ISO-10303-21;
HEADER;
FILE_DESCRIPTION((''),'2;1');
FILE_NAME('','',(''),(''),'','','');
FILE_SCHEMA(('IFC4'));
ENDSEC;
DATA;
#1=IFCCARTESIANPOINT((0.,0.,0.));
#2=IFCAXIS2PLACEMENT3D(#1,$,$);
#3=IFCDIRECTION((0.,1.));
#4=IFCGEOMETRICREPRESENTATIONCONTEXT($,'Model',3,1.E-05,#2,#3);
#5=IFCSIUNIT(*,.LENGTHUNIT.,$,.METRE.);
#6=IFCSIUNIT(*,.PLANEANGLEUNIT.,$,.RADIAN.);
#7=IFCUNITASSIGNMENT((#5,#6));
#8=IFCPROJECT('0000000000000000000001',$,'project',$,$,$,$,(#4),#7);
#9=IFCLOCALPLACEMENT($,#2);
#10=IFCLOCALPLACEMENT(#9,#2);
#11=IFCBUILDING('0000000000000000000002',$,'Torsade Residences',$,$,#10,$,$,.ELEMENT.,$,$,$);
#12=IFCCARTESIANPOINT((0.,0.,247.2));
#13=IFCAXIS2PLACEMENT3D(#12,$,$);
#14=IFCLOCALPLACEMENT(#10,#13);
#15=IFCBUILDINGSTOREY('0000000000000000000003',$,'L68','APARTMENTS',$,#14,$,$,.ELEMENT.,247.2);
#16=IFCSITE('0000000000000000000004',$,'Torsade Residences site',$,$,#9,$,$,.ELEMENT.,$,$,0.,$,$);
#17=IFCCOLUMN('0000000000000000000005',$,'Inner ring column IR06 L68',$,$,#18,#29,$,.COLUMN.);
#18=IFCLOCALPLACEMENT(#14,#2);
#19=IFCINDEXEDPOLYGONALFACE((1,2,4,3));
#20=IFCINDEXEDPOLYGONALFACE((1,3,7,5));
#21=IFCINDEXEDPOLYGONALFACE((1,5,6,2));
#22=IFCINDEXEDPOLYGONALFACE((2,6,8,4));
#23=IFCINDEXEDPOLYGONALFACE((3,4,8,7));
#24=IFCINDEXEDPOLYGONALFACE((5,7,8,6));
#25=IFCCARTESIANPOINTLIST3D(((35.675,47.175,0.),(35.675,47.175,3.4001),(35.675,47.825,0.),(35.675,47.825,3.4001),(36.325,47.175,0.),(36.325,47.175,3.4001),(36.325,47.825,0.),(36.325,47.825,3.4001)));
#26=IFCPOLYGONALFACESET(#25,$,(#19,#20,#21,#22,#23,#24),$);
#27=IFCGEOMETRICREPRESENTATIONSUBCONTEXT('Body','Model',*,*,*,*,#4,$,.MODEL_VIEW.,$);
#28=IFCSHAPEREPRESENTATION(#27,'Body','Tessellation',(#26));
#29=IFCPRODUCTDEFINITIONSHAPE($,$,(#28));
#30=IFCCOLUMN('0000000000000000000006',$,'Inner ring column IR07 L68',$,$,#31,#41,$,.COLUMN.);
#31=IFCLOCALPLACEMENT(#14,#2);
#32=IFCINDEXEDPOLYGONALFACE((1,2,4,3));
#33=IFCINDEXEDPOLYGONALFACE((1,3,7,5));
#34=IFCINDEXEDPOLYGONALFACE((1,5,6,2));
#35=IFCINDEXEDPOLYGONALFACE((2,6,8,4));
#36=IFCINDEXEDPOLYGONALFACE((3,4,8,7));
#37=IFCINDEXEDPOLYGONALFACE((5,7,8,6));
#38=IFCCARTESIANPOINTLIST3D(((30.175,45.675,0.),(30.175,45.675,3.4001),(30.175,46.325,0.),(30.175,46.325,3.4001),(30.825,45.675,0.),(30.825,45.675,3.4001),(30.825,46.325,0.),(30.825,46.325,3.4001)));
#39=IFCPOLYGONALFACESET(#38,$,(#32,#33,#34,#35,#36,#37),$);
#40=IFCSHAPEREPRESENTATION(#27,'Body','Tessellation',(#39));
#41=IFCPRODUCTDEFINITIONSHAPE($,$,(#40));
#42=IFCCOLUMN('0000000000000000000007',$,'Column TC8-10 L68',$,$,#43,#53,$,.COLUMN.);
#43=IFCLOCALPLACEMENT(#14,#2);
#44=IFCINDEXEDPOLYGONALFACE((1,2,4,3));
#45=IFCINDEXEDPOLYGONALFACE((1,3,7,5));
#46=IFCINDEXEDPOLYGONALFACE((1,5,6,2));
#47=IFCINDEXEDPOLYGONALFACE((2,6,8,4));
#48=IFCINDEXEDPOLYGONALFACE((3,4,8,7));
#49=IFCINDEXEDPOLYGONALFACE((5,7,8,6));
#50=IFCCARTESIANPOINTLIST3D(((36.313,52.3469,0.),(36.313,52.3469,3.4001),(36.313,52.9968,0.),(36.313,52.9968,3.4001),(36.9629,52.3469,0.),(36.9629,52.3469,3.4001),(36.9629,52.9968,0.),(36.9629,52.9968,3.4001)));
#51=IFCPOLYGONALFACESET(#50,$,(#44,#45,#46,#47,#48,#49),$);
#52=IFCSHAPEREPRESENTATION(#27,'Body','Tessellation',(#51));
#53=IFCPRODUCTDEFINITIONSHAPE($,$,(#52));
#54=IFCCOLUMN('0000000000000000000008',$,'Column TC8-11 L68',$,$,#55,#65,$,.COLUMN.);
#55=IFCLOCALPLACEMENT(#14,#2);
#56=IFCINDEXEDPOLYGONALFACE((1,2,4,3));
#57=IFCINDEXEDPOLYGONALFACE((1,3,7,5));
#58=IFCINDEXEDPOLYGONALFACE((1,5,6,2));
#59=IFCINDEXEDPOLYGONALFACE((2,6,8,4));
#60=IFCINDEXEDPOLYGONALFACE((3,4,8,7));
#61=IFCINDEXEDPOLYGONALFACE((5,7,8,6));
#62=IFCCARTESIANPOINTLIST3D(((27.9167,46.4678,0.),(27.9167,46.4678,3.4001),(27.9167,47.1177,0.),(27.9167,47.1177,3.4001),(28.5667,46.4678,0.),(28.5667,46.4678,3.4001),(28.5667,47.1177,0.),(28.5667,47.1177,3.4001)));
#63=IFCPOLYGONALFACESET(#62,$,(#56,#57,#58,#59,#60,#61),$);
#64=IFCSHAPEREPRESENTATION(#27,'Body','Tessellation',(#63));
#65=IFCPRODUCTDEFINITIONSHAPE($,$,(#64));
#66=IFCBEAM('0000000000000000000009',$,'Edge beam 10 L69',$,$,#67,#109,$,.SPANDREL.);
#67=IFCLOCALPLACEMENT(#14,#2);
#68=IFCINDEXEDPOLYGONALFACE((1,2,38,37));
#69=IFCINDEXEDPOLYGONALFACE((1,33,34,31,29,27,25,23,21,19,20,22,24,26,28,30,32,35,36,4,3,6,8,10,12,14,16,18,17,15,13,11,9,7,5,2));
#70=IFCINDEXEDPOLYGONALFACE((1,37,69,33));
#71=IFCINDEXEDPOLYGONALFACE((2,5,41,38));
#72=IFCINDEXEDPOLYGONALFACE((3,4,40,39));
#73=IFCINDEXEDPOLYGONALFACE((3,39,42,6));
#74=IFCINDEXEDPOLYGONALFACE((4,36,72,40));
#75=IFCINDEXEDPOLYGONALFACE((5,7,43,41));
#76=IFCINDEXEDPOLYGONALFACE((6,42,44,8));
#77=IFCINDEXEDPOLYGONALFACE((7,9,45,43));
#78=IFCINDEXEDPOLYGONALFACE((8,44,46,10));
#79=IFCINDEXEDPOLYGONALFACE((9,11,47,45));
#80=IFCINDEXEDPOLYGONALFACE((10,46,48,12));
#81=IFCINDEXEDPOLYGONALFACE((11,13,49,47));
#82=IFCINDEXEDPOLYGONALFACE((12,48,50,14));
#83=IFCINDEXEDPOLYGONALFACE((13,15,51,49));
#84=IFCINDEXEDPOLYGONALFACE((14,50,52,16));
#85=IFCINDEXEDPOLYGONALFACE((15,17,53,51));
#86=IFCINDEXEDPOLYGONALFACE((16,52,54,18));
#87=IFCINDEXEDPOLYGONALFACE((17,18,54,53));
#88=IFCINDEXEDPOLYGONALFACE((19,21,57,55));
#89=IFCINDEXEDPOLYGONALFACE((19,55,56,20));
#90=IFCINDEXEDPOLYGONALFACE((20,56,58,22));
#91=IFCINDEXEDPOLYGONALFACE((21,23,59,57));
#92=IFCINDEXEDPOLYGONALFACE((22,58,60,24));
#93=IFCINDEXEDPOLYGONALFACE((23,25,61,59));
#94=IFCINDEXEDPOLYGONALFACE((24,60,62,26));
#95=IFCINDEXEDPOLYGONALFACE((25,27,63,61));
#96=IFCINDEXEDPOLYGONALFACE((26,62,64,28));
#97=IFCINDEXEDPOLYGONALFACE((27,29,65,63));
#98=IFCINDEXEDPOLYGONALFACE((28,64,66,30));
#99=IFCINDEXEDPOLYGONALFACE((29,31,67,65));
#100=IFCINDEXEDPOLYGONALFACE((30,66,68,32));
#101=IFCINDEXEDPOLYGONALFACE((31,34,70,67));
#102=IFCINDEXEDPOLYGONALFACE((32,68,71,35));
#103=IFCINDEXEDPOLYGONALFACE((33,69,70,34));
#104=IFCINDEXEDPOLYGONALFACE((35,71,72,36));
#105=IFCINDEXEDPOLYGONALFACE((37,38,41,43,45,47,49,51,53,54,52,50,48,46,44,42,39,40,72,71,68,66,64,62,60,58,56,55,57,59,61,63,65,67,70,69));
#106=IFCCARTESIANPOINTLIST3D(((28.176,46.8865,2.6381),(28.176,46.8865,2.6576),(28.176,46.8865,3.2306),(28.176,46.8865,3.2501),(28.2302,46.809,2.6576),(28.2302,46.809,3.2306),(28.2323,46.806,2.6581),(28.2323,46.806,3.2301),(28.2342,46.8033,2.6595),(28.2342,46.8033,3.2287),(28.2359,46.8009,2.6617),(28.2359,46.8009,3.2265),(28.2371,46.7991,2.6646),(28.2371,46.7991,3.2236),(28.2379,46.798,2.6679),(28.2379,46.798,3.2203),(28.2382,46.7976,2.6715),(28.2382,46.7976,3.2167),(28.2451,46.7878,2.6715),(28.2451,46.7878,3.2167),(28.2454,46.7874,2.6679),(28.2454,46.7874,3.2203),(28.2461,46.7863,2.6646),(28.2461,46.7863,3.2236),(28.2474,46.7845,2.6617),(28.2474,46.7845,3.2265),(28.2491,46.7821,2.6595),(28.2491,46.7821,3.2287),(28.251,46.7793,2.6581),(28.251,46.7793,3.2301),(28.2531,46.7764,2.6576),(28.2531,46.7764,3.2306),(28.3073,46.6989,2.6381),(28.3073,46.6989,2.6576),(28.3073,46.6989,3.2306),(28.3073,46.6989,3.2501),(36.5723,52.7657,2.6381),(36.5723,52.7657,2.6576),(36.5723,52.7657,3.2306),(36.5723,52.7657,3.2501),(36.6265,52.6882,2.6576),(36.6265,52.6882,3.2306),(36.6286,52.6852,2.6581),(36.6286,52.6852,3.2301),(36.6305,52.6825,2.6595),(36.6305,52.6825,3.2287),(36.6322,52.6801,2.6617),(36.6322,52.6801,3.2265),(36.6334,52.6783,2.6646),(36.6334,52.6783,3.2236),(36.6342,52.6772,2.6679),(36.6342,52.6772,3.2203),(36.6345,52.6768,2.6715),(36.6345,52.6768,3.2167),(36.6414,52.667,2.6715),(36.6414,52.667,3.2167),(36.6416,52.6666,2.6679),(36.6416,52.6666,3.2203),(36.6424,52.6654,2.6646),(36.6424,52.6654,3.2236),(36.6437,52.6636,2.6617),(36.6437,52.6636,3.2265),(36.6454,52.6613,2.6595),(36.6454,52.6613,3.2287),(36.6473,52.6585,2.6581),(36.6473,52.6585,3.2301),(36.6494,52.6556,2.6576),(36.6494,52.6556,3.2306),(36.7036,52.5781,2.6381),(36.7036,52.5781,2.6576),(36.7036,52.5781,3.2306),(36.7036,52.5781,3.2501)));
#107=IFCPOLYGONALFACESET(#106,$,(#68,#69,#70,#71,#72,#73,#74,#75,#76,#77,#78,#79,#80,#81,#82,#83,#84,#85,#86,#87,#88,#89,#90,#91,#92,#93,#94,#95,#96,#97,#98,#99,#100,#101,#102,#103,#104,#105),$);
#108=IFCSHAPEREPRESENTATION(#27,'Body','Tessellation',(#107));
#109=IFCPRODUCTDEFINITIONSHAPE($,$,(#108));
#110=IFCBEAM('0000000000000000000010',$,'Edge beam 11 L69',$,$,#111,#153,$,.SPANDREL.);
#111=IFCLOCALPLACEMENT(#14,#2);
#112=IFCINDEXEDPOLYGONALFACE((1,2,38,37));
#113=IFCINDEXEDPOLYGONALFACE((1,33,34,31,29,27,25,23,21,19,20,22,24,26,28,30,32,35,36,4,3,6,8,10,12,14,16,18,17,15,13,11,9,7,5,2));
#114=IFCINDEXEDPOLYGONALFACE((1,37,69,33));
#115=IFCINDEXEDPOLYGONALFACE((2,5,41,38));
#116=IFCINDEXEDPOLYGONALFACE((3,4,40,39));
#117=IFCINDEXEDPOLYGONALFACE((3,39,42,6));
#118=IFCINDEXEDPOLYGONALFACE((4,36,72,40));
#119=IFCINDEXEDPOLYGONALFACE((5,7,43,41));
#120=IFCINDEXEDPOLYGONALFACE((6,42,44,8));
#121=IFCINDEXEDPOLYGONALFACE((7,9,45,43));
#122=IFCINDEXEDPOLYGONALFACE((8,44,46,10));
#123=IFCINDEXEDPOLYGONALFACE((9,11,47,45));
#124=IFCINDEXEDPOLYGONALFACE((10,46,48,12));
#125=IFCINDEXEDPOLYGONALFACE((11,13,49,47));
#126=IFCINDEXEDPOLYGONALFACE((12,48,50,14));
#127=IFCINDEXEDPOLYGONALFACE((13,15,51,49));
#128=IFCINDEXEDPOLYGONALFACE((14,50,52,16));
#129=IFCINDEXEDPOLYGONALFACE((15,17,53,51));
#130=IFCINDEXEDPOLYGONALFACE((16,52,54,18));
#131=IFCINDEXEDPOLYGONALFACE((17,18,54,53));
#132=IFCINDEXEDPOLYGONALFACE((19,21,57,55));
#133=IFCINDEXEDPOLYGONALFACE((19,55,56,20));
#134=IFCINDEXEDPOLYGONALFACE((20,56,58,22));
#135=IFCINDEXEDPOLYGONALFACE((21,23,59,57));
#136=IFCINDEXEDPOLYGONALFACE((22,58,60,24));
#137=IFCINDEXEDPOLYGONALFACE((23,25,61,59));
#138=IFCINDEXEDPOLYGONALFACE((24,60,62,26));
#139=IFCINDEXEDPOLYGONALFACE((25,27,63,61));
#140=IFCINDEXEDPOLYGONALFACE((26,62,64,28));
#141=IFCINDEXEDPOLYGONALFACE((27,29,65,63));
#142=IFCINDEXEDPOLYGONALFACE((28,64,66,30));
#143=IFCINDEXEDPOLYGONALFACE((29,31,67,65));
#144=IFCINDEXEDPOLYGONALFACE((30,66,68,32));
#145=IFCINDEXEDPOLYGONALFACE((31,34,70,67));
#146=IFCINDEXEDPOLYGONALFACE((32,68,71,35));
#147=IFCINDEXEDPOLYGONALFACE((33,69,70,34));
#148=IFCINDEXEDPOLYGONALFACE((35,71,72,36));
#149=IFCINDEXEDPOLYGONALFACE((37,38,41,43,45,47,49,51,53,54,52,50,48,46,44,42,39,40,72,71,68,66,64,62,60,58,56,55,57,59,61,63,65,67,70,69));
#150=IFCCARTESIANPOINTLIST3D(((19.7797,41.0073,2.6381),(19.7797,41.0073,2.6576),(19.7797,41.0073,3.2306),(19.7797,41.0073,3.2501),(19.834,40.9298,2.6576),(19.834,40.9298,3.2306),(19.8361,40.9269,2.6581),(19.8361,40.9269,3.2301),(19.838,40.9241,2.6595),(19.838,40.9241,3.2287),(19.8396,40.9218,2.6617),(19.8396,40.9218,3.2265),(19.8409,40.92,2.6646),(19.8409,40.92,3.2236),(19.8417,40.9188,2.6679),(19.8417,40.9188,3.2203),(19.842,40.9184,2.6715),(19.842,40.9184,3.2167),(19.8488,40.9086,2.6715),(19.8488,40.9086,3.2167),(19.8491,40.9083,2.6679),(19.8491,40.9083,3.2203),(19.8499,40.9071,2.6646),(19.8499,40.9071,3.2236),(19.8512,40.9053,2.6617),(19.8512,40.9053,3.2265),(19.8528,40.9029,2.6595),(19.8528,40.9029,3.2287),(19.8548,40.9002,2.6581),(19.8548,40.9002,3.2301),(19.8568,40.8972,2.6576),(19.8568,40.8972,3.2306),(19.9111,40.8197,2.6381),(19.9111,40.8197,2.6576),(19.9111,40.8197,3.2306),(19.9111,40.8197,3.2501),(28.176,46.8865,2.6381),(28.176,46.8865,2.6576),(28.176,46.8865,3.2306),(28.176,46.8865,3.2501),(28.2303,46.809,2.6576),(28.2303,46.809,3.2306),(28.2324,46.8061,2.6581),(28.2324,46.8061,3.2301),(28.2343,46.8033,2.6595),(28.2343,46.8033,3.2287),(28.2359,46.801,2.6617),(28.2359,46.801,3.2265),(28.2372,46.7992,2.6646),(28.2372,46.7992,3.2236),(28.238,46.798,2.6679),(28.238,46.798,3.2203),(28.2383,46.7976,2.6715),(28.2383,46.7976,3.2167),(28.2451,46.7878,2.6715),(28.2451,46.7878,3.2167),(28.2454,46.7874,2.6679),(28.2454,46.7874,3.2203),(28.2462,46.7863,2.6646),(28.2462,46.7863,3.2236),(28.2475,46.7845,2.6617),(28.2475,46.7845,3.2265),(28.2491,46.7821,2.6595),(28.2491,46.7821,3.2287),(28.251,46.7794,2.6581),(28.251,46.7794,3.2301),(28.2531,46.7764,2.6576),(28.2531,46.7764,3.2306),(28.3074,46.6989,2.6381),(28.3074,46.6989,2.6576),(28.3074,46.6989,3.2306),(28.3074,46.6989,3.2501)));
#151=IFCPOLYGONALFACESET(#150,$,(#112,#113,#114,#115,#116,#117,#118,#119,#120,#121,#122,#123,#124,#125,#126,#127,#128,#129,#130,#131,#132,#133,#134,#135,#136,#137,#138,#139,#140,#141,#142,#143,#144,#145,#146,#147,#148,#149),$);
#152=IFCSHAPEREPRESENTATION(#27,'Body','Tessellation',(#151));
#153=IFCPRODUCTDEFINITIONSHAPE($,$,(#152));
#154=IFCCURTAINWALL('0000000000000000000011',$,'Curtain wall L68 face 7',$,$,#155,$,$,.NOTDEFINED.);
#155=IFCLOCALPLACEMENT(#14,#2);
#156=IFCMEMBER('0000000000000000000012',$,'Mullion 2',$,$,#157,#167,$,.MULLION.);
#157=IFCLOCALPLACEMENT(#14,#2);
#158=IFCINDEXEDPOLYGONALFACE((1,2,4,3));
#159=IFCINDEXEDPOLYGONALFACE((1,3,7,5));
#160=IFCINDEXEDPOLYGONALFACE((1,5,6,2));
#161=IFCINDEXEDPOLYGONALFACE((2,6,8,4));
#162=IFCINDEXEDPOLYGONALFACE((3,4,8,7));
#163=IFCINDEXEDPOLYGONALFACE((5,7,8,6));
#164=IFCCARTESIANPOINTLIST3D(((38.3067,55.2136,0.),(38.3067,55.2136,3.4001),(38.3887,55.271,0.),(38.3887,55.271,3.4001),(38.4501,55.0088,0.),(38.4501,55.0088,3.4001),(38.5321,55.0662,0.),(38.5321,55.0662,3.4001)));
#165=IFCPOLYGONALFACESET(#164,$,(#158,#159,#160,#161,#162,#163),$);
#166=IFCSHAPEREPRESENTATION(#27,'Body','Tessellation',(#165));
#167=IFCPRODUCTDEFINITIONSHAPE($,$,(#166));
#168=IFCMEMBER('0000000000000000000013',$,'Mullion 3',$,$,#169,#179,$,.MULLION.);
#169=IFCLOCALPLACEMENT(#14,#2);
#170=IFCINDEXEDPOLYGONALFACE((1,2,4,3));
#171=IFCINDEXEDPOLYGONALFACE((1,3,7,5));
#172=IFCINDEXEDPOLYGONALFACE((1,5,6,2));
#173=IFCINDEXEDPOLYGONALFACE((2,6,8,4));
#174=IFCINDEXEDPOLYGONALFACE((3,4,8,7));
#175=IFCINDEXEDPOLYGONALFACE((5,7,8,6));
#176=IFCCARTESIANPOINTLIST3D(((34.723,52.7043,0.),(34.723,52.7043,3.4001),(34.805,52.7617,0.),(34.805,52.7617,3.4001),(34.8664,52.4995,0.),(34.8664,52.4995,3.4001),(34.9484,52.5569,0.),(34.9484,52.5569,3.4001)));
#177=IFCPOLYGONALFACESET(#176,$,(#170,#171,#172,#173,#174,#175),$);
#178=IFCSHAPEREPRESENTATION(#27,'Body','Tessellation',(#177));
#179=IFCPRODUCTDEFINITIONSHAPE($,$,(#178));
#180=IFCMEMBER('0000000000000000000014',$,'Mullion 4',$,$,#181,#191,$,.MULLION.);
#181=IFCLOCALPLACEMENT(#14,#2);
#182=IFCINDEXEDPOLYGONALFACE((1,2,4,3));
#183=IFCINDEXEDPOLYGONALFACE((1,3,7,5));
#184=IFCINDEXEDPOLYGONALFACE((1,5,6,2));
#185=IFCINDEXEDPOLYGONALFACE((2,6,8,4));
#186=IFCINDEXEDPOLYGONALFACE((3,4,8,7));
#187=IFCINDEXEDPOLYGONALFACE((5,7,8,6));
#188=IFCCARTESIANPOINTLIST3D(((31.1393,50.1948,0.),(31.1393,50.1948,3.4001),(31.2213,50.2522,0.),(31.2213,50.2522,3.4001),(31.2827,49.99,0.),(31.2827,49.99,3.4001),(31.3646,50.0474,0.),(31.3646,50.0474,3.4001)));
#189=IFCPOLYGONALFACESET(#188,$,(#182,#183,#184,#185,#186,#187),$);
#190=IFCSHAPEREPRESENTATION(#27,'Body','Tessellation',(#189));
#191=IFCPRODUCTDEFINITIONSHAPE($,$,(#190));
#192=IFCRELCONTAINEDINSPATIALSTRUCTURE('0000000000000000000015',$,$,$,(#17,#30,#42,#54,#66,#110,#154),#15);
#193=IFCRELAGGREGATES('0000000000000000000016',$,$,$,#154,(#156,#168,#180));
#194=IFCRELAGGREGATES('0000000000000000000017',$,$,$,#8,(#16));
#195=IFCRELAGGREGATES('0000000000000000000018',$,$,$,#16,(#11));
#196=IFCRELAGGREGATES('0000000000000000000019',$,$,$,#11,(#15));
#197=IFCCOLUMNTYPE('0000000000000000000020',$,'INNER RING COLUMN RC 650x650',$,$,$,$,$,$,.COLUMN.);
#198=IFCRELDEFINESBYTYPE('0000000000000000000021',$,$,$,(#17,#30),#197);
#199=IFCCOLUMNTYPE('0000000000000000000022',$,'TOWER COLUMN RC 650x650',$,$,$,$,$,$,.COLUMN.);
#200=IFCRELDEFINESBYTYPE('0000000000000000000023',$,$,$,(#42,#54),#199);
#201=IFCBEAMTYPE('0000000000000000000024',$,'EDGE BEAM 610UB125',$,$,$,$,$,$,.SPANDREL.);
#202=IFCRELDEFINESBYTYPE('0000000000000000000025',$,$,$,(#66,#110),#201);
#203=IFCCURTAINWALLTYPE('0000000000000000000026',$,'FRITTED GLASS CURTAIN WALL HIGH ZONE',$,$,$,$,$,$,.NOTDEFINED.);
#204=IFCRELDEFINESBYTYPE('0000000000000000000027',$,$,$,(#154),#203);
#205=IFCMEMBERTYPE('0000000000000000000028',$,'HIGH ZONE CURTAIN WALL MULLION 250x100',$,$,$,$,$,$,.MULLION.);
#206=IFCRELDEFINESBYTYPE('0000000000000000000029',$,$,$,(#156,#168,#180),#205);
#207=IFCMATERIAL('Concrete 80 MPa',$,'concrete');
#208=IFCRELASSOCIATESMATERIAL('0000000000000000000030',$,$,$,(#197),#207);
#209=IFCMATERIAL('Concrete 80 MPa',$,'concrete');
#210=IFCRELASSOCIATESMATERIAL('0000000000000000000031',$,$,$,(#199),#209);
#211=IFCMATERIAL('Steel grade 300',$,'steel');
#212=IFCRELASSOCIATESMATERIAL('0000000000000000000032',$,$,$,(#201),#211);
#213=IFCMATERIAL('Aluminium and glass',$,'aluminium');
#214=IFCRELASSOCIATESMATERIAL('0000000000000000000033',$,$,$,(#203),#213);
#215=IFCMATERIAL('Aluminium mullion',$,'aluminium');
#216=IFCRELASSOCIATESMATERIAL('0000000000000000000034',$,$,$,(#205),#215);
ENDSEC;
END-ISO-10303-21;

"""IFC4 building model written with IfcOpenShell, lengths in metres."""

from ifc_helpers import new_model, si_unit, direction, frame, origin, origin_2d, place, context, subcontext, project, spatial, rectangle, i_section, extrude, material, material_profile, profile_set, type_object, element, aggregate, save


model = new_model("IFC4")

# Units and contexts
model_context = context("Model", 3, precision=1e-05, world=origin(), true_north=direction((0.0, 1.0)))
body_context = subcontext(model_context, "Body", "Model", "MODEL_VIEW")
ifc_project = project(units=[si_unit("LENGTHUNIT", "METRE"), si_unit("PLANEANGLEUNIT", "RADIAN")], contexts=[model_context])

# Site, building, storey
site_placement = place(None, origin())
site = spatial("IfcSite", under=ifc_project, at=site_placement, Name="Torsade Residences site", CompositionType="ELEMENT", RefElevation=0.0)
building_placement = place(site_placement, origin())
building = spatial("IfcBuilding", under=site, at=building_placement, Name="Torsade Residences", CompositionType="ELEMENT")
storey_placement = place(building_placement, frame((0.0, 0.0, 247.2)))
storey = spatial("IfcBuildingStorey", under=building, at=storey_placement, Name="L68", Description="APARTMENTS", CompositionType="ELEMENT", Elevation=247.2)

# Columns
ifc_material_1 = material(Name="Concrete 80 MPa", Category="concrete")
ifc_material_profile_1 = material_profile(ifc_material_1, rectangle(XDim=0.6499, YDim=0.6499, at=origin_2d()), Name="RC 650x650")
ifc_profile_set_1 = profile_set([ifc_material_profile_1], Name="Concrete 80 MPa")
column_type_1 = type_object("IfcColumnType", Name="INNER RING COLUMN RC 650x650", PredefinedType="COLUMN", material=ifc_profile_set_1)
for number, where, z_axis, x_axis, name in (
    (1, (36.0, 47.5, 0.0), (0.0, 0.0, 1.0), (1.0, 0.0, 0.0), "Inner ring column IR06 L68"),
    (2, (30.5, 46.0, 0.0), (0.0, 0.0, 1.0), (1.0, 0.0, 0.0), "Inner ring column IR07 L68"),
):
    element("IfcColumn", number, at=place(storey_placement, frame(where, z_axis=z_axis, x_axis=x_axis)), inside=storey, type_object=column_type_1, Name=name, PredefinedType="COLUMN", context=body_context, shape_type="SweptSolid", body=[
        extrude(rectangle(XDim=0.6499, YDim=0.6499, at=origin_2d()), origin(), (0.0, 0.0, 1.0), 3.4001),
    ])
ifc_material_2 = material(Name="Concrete 80 MPa", Category="concrete")
ifc_material_profile_2 = material_profile(ifc_material_2, rectangle(XDim=0.6499, YDim=0.6499, at=origin_2d()), Name="RC 650x650")
ifc_profile_set_2 = profile_set([ifc_material_profile_2], Name="Concrete 80 MPa")
column_type_2 = type_object("IfcColumnType", Name="TOWER COLUMN RC 650x650", PredefinedType="COLUMN", material=ifc_profile_set_2)
for number, where, z_axis, x_axis, name in (
    (3, (36.6379, 52.6719, 0.0), (0.0, 0.0, 1.0), (1.0, 0.0, 0.0), "Column TC8-10 L68"),
    (4, (28.2417, 46.7927, 0.0), (0.0, 0.0, 1.0), (1.0, 0.0, 0.0), "Column TC8-11 L68"),
):
    element("IfcColumn", number, at=place(storey_placement, frame(where, z_axis=z_axis, x_axis=x_axis)), inside=storey, type_object=column_type_2, Name=name, PredefinedType="COLUMN", context=body_context, shape_type="SweptSolid", body=[
        extrude(rectangle(XDim=0.6499, YDim=0.6499, at=origin_2d()), origin(), (0.0, 0.0, 1.0), 3.4001),
    ])

# Beams
ifc_material_3 = material(Name="Steel grade 300", Category="steel")
ifc_material_profile_3 = material_profile(ifc_material_3, i_section(OverallWidth=0.229, OverallDepth=0.6121, WebThickness=0.012, FlangeThickness=0.0195, FilletRadius=0.0139, at=origin_2d()), Name="610UB125")
ifc_profile_set_3 = profile_set([ifc_material_profile_3], Name="Steel grade 300")
beam_type_1 = type_object("IfcBeamType", Name="EDGE BEAM 610UB125", PredefinedType="SPANDREL", material=ifc_profile_set_3)
for number, where, z_axis, x_axis, name in (
    (5, (36.6379, 52.6719, 2.9441), (-0.81915, -0.573579, 0.0), (0.573579, -0.81915, 0.0), "Edge beam 10 L69"),
    (6, (28.2417, 46.7927, 2.9441), (-0.81915, -0.573579, 0.0), (0.573579, -0.81915, 0.0), "Edge beam 11 L69"),
):
    element("IfcBeam", number, at=place(storey_placement, frame(where, z_axis=z_axis, x_axis=x_axis)), inside=storey, type_object=beam_type_1, Name=name, PredefinedType="SPANDREL", context=body_context, shape_type="SweptSolid", body=[
        extrude(i_section(OverallWidth=0.229, OverallDepth=0.6121, WebThickness=0.012, FlangeThickness=0.0195, FilletRadius=0.0139, at=origin_2d()), origin(), (0.0, 0.0, 1.0), 10.25),
    ])

# Curtain wall, members
ifc_material_4 = material(Name="Aluminium and glass", Category="aluminium")
curtain_wall_type = type_object("IfcCurtainWallType", Name="FRITTED GLASS CURTAIN WALL HIGH ZONE", PredefinedType="NOTDEFINED", material=ifc_material_4)
curtain_wall_placement = place(storey_placement, origin())
curtain_wall = element("IfcCurtainWall", 7, at=curtain_wall_placement, inside=storey, type_object=curtain_wall_type, Name="Curtain wall L68 face 7", PredefinedType="NOTDEFINED")
ifc_material_5 = material(Name="Aluminium mullion", Category="aluminium")
ifc_material_profile_4 = material_profile(ifc_material_5, rectangle(XDim=0.25, YDim=0.1001, at=origin_2d()), Name="HIGH ZONE CURTAIN WALL MULLION 250x100")
ifc_profile_set_4 = profile_set([ifc_material_profile_4], Name="Aluminium mullion")
member_type_1 = type_object("IfcMemberType", Name="HIGH ZONE CURTAIN WALL MULLION 250x100", PredefinedType="MULLION", material=ifc_profile_set_4)
member_1_placement = place(storey_placement, frame((38.4194, 55.1399, 0.0), z_axis=(0.0, 0.0, 1.0), x_axis=(0.573576, -0.819152, 0.0)))
member_1 = element("IfcMember", 8, at=member_1_placement, type_object=member_type_1, Name="Mullion 2", PredefinedType="MULLION", context=body_context, shape_type="SweptSolid", body=[
    extrude(rectangle(XDim=0.25, YDim=0.1001, at=origin_2d()), origin(), (0.0, 0.0, 1.0), 3.4001),
])
member_2_placement = place(storey_placement, frame((34.8357, 52.6306, 0.0), z_axis=(0.0, 0.0, 1.0), x_axis=(0.573576, -0.819152, 0.0)))
member_2 = element("IfcMember", 9, at=member_2_placement, type_object=member_type_1, Name="Mullion 3", PredefinedType="MULLION", context=body_context, shape_type="SweptSolid", body=[
    extrude(rectangle(XDim=0.25, YDim=0.1001, at=origin_2d()), origin(), (0.0, 0.0, 1.0), 3.4001),
])
member_3_placement = place(storey_placement, frame((31.252, 50.1211, 0.0), z_axis=(0.0, 0.0, 1.0), x_axis=(0.573576, -0.819152, 0.0)))
member_3 = element("IfcMember", 10, at=member_3_placement, type_object=member_type_1, Name="Mullion 4", PredefinedType="MULLION", context=body_context, shape_type="SweptSolid", body=[
    extrude(rectangle(XDim=0.25, YDim=0.1001, at=origin_2d()), origin(), (0.0, 0.0, 1.0), 3.4001),
])

aggregate(curtain_wall, [member_1, member_2, member_3])

save(model, "model.ifc")
